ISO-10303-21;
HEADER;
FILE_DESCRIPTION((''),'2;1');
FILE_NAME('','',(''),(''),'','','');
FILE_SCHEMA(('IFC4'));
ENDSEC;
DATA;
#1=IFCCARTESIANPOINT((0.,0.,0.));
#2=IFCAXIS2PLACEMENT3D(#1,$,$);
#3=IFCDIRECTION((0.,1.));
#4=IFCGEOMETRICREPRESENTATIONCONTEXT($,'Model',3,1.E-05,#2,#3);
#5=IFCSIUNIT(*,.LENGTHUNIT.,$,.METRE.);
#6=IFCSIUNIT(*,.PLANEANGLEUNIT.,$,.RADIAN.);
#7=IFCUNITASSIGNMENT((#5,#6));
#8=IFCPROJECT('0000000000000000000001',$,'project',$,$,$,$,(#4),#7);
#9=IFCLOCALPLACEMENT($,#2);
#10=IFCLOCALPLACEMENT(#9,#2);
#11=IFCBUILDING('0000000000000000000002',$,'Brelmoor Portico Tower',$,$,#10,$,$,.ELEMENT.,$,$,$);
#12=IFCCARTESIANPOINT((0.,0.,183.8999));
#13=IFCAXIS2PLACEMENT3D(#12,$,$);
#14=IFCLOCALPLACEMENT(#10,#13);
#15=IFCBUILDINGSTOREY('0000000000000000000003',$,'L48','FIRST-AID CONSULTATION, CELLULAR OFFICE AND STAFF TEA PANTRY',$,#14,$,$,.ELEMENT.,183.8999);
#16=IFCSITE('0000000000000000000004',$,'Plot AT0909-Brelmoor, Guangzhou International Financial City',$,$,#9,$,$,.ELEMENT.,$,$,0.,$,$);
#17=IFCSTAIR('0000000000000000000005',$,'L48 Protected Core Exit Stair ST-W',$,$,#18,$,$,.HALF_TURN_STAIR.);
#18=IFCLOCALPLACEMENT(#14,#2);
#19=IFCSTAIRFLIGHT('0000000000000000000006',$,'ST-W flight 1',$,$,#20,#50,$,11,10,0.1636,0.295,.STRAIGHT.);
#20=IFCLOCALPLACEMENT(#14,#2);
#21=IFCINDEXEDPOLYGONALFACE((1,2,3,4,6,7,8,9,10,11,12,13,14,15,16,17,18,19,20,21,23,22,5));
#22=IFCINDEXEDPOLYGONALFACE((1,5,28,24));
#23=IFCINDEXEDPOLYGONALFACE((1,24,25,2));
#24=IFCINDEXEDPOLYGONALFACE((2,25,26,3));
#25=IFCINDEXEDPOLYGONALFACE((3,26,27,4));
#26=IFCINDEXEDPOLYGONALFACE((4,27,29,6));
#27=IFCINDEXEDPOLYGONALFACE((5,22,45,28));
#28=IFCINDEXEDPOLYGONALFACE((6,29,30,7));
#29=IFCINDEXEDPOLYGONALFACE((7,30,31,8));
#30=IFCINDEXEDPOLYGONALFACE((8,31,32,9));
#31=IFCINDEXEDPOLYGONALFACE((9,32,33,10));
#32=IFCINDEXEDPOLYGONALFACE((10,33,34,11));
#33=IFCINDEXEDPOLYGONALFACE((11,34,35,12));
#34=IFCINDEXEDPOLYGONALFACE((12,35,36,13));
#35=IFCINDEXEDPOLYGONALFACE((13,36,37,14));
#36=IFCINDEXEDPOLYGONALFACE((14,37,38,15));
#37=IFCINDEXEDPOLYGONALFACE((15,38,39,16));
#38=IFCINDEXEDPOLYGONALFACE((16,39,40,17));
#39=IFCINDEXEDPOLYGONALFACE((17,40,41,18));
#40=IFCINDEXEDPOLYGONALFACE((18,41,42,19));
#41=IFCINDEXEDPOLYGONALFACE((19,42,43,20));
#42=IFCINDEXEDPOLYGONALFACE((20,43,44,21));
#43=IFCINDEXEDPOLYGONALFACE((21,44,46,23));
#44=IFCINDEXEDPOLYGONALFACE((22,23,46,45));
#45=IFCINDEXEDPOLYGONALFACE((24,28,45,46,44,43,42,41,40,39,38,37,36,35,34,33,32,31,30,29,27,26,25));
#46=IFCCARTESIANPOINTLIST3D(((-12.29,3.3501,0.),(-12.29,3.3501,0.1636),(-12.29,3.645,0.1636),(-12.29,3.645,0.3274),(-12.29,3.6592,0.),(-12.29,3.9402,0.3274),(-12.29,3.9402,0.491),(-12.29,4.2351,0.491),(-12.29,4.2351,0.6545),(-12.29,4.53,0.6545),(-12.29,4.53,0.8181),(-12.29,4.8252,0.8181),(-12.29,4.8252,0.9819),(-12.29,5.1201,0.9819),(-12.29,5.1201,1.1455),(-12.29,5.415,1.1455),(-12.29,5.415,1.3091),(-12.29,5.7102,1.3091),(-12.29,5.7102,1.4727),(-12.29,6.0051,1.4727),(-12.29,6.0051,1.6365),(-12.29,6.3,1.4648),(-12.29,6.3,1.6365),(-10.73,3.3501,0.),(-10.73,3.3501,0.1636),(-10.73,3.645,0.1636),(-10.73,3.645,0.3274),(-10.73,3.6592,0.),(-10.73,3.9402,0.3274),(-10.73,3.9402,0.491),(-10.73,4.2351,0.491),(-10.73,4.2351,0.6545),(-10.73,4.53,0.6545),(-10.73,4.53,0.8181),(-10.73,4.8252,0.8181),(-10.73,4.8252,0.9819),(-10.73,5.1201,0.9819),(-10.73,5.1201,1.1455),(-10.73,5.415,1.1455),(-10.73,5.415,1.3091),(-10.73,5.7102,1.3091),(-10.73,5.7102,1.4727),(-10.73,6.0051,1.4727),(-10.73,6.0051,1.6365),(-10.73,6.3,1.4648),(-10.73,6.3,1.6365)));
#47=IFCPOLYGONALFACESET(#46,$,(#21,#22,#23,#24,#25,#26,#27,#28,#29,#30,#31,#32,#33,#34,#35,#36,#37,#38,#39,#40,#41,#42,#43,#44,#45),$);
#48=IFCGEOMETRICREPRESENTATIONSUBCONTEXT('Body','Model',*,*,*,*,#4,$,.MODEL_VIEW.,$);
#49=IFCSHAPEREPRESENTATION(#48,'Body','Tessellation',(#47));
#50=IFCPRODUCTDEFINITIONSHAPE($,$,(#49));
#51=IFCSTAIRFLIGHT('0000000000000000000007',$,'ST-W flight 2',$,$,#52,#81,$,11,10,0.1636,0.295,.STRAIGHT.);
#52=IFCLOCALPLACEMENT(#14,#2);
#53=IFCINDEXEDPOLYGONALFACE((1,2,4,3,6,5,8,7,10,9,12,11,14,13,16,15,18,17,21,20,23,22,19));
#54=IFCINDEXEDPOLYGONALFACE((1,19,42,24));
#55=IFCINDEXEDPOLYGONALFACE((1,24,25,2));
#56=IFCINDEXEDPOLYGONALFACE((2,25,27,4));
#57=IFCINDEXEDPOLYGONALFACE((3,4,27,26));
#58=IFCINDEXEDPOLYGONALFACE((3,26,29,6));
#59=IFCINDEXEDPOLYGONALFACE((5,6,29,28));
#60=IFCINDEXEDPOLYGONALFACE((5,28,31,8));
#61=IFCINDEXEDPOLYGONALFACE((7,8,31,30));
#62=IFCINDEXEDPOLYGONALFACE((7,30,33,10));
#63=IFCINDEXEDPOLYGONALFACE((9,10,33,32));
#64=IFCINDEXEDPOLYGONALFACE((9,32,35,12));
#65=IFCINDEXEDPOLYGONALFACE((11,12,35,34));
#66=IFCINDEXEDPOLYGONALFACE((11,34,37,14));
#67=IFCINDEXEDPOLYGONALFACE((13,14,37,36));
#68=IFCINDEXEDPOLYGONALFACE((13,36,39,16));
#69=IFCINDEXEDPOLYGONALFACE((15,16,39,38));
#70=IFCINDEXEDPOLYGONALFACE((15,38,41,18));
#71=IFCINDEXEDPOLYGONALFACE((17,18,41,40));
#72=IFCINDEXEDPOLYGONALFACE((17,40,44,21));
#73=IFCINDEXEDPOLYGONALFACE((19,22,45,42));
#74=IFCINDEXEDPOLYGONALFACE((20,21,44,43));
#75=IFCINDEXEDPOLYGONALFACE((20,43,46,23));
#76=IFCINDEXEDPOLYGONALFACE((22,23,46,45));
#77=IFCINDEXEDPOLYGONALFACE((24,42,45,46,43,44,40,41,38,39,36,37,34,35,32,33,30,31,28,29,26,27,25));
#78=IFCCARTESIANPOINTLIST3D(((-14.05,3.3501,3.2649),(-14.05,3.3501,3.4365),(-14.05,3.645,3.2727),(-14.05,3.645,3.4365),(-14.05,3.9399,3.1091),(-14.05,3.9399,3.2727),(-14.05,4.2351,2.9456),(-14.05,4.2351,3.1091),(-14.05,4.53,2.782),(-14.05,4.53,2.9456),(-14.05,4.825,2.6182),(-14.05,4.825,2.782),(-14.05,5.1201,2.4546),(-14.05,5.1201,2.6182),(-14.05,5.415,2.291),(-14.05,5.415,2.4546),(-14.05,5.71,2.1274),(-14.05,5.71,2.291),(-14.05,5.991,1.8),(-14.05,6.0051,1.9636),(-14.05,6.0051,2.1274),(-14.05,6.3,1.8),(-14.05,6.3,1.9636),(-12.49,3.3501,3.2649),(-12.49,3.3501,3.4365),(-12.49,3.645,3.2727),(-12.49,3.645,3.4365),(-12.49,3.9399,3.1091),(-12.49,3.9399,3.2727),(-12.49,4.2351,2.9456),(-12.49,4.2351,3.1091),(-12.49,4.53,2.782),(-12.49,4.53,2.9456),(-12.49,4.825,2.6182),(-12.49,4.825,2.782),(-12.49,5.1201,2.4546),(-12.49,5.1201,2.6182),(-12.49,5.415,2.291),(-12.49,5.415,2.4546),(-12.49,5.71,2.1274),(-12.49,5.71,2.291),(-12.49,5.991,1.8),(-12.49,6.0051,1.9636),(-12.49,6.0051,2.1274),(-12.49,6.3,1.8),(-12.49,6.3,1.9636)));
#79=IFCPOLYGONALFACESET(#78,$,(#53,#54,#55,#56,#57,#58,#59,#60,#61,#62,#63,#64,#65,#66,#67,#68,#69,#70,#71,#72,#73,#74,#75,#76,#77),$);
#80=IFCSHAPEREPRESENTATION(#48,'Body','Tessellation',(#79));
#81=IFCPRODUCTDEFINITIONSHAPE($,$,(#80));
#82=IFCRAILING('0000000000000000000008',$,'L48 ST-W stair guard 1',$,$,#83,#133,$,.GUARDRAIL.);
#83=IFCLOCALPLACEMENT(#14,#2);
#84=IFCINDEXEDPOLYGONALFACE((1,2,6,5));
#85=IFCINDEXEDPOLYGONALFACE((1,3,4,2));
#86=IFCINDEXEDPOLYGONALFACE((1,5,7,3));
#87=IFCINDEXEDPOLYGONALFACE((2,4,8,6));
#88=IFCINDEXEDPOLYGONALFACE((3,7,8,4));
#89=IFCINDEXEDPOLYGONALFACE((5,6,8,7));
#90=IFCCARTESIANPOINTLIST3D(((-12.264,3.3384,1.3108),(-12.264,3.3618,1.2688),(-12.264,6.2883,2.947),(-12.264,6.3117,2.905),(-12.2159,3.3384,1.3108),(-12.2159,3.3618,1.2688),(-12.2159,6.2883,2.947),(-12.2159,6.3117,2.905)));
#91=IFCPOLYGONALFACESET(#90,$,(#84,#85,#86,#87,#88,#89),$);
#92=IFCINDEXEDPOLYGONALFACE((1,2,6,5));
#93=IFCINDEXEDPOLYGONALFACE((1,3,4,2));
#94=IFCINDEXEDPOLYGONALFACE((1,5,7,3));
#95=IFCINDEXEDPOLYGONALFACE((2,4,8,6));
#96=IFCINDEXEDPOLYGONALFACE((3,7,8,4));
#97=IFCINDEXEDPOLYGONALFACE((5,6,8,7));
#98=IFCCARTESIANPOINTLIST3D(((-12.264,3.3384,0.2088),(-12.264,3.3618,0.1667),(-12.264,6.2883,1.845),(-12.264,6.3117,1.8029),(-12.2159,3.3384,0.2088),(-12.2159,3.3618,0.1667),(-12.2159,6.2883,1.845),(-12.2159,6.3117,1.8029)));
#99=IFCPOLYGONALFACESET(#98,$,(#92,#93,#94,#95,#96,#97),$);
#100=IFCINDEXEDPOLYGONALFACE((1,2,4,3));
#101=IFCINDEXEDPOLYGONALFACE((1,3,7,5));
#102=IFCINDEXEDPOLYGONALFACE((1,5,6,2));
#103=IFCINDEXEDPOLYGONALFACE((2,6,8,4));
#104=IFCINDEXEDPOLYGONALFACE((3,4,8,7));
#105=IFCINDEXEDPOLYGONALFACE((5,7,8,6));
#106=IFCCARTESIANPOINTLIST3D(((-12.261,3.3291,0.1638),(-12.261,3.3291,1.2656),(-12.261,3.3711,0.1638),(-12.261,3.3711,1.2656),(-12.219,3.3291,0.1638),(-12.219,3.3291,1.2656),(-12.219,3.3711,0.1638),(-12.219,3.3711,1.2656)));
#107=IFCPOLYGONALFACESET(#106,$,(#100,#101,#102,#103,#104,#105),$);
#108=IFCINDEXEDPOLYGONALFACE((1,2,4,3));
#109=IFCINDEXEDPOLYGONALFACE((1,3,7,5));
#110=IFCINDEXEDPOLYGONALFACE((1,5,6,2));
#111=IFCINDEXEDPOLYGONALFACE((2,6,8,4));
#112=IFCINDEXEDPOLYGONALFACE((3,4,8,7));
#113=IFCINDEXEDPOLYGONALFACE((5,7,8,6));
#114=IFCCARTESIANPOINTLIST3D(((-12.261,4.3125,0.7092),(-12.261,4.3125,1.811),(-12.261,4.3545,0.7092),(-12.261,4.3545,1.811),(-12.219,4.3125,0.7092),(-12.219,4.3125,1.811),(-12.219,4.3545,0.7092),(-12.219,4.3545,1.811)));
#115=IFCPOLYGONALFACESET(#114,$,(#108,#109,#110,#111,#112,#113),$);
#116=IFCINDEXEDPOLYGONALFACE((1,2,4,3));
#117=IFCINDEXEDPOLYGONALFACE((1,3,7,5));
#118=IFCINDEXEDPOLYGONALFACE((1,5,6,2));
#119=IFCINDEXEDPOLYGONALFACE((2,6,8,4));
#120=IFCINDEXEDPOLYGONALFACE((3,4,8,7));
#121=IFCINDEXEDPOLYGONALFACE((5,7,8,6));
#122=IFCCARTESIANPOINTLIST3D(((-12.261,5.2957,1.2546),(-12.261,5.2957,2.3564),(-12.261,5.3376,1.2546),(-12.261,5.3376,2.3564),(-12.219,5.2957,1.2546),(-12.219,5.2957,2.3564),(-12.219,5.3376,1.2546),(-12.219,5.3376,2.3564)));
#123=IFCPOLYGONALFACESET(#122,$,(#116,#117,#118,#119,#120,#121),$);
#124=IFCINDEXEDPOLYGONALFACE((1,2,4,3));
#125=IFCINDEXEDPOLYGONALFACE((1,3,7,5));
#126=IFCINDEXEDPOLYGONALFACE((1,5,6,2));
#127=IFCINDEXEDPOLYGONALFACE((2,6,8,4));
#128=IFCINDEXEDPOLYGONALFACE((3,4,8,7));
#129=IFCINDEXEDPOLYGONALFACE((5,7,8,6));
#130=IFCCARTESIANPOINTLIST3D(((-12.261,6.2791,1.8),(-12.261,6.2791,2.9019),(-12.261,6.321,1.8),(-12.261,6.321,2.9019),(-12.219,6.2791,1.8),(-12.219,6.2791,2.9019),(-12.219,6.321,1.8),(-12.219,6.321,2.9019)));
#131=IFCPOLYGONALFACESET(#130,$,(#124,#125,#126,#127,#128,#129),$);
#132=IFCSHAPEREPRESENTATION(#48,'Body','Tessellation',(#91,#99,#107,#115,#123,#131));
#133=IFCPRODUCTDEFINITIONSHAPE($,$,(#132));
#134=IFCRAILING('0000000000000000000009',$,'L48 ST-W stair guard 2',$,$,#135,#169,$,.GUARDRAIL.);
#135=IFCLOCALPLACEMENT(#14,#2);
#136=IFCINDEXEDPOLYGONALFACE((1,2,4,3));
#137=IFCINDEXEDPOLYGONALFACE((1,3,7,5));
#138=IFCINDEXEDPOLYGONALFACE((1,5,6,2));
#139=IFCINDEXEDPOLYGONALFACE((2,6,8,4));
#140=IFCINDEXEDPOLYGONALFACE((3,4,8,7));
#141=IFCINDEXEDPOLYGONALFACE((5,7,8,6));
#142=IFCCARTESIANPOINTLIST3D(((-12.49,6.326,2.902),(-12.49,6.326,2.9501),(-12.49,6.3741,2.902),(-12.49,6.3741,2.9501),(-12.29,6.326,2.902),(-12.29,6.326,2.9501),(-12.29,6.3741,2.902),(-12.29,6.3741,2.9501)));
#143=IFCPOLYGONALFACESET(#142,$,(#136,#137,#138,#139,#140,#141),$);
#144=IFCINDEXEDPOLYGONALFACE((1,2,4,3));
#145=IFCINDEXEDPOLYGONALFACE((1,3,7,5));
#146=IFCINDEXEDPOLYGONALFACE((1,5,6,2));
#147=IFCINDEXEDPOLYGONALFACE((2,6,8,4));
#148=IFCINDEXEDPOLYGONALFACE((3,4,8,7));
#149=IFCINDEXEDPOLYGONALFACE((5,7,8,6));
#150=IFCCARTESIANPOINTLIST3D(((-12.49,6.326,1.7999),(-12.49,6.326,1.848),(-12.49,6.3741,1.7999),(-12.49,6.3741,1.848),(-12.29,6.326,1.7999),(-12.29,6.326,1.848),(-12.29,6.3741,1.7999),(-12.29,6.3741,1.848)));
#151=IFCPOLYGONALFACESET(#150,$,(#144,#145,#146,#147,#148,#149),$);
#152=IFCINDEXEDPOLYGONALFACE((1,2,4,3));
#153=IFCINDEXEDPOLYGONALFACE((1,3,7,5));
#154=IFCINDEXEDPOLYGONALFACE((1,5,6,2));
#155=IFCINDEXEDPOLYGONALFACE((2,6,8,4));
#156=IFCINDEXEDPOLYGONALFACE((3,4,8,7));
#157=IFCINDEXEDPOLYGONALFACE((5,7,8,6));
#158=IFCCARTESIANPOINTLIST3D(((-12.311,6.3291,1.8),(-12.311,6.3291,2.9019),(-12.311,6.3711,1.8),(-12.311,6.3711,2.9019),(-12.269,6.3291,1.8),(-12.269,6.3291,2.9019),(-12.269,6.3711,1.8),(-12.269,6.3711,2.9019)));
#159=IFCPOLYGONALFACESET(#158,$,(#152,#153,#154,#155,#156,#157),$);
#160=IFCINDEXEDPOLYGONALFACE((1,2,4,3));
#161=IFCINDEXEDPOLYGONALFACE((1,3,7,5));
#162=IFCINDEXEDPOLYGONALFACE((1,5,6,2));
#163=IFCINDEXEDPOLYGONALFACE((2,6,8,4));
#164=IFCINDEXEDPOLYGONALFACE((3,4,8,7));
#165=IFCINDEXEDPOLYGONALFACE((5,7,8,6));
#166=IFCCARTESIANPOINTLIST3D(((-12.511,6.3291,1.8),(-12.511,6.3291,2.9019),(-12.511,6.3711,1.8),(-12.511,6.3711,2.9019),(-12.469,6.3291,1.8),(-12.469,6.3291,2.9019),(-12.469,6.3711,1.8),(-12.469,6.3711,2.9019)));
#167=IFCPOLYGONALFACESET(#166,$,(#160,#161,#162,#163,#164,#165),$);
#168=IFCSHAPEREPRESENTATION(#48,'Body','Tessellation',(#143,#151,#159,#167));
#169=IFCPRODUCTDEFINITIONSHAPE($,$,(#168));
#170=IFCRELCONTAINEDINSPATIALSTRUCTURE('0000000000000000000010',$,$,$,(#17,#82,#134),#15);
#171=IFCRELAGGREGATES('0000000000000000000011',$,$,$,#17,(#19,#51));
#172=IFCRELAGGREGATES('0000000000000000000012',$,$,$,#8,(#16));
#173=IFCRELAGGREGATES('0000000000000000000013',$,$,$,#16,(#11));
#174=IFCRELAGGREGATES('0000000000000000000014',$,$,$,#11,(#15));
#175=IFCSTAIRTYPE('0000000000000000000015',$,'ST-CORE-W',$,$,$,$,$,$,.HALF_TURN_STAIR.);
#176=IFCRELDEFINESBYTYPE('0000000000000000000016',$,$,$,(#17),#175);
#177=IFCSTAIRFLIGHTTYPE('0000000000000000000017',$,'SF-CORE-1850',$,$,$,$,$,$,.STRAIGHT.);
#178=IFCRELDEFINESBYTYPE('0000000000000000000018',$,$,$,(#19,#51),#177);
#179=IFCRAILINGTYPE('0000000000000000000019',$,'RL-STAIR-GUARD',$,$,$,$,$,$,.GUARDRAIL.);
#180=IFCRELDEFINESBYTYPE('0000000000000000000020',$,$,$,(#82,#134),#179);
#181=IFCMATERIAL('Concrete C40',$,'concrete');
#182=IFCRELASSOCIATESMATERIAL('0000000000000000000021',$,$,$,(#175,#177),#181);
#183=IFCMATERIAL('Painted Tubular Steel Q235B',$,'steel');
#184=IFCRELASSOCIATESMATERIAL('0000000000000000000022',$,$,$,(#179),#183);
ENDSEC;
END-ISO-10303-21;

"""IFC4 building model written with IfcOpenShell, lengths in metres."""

from ifc_helpers import new_model, si_unit, direction, frame, origin, origin_2d, place, context, subcontext, project, spatial, polyline, rectangle, outline, extrude, material, type_object, element, aggregate, save


model = new_model("IFC4")

# Units and contexts
model_context = context("Model", 3, precision=1e-05, world=origin(), true_north=direction((0.0, 1.0)))
body_context = subcontext(model_context, "Body", "Model", "MODEL_VIEW")
ifc_project = project(units=[si_unit("LENGTHUNIT", "METRE"), si_unit("PLANEANGLEUNIT", "RADIAN")], contexts=[model_context])

# Site, building, storey
site_placement = place(None, origin())
site = spatial("IfcSite", under=ifc_project, at=site_placement, Name="Plot AT0909-Brelmoor, Guangzhou International Financial City", CompositionType="ELEMENT", RefElevation=0.0)
building_placement = place(site_placement, origin())
building = spatial("IfcBuilding", under=site, at=building_placement, Name="Brelmoor Portico Tower", CompositionType="ELEMENT")
storey_placement = place(building_placement, frame((0.0, 0.0, 183.8999)))
storey = spatial("IfcBuildingStorey", under=building, at=storey_placement, Name="L48", Description="FIRST-AID CONSULTATION, CELLULAR OFFICE AND STAFF TEA PANTRY", CompositionType="ELEMENT", Elevation=183.8999)

# Shared definitions
ifc_material_1 = material(Name="Concrete C40", Category="concrete")

# Stair, stair flights
stair_type = type_object("IfcStairType", Name="ST-CORE-W", PredefinedType="HALF_TURN_STAIR", material=ifc_material_1)
stair_placement = place(storey_placement, origin())
stair = element("IfcStair", 1, at=stair_placement, inside=storey, type_object=stair_type, Name="L48 Protected Core Exit Stair ST-W", PredefinedType="HALF_TURN_STAIR")
stair_flight_type = type_object("IfcStairFlightType", Name="SF-CORE-1850", PredefinedType="STRAIGHT", material=ifc_material_1)
stair_flight_1_placement = place(storey_placement, frame((-11.51, 3.3501, 0.0), z_axis=(0.0, 0.0, 1.0), x_axis=(0.0, 1.0, 0.0)))
stair_flight_1 = element("IfcStairFlight", 2, at=stair_flight_1_placement, type_object=stair_flight_type, Name="ST-W flight 1", NumberOfRisers=11, NumberOfTreads=10, PredefinedType="STRAIGHT", RiserHeight=0.1636, TreadLength=0.295, context=body_context, shape_type="SweptSolid", body=[
    extrude(outline(polyline([(0.0, 0.0), (0.0, 0.1636), (0.2949, 0.1636), (0.2949, 0.3274), (0.5901, 0.3274), (0.5901, 0.491), (0.885, 0.491), (0.885, 0.6545), (1.1799, 0.6545), (1.1799, 0.8181), (1.4751, 0.8181), (1.4751, 0.9819), (1.77, 0.9819), (1.77, 1.1455), (2.0649, 1.1455), (2.0649, 1.3091), (2.3601, 1.3091), (2.3601, 1.4727), (2.655, 1.4727), (2.655, 1.6365), (2.95, 1.6365), (2.95, 1.8), (2.95, 1.4648), (0.3091, 0.0), (0.0, 0.0)])), frame((0.0, 0.78, 0.0), z_axis=(0.0, -1.0, 0.0), x_axis=(1.0, 0.0, 0.0)), (0.0, 0.0, 1.0), 1.5601),
])
stair_flight_2_placement = place(storey_placement, frame((-13.27, 6.3, 1.8), z_axis=(0.0, 0.0, 1.0), x_axis=(0.0, -1.0, 0.0)))
stair_flight_2 = element("IfcStairFlight", 3, at=stair_flight_2_placement, type_object=stair_flight_type, Name="ST-W flight 2", NumberOfRisers=11, NumberOfTreads=10, PredefinedType="STRAIGHT", RiserHeight=0.1636, TreadLength=0.295, context=body_context, shape_type="SweptSolid", body=[
    extrude(outline(polyline([(0.0, 0.0), (0.0, 0.1636), (0.2949, 0.1636), (0.2949, 0.3274), (0.5901, 0.3274), (0.5901, 0.491), (0.885, 0.491), (0.885, 0.6545), (1.1799, 0.6545), (1.1799, 0.8181), (1.4751, 0.8181), (1.4751, 0.9819), (1.77, 0.9819), (1.77, 1.1455), (2.0649, 1.1455), (2.0649, 1.3091), (2.3601, 1.3091), (2.3601, 1.4727), (2.655, 1.4727), (2.655, 1.6365), (2.95, 1.6365), (2.95, 1.8), (2.95, 1.4648), (0.3091, 0.0), (0.0, 0.0)])), frame((0.0, 0.78, 0.0), z_axis=(0.0, -1.0, 0.0), x_axis=(1.0, 0.0, 0.0)), (0.0, 0.0, 1.0), 1.5601),
])
aggregate(stair, [stair_flight_1, stair_flight_2])

# Railings
ifc_material_2 = material(Name="Painted Tubular Steel Q235B", Category="steel")
railing_type_1 = type_object("IfcRailingType", Name="RL-STAIR-GUARD", PredefinedType="GUARDRAIL", material=ifc_material_2)
railing_1_placement = place(storey_placement, frame((-12.24, 3.3501, 0.1638)))
element("IfcRailing", 4, at=railing_1_placement, inside=storey, type_object=railing_type_1, Name="L48 ST-W stair guard 1", PredefinedType="GUARDRAIL", context=body_context, shape_type="SweptSolid", body=[
    extrude(rectangle(XDim=0.0481, YDim=0.0481, at=origin_2d()), frame((0.0, 0.0, 1.126), z_axis=(0.0, 0.874488, 0.485047), x_axis=(-1.0, 0.0, 0.0)), (0.0, 0.0, 1.0), 3.3733),
    extrude(rectangle(XDim=0.0481, YDim=0.0481, at=origin_2d()), frame((0.0, 0.0, 0.0239), z_axis=(0.0, 0.874488, 0.485047), x_axis=(-1.0, 0.0, 0.0)), (0.0, 0.0, 1.0), 3.3733),
    extrude(rectangle(XDim=0.042, YDim=0.042, at=origin_2d()), origin(), (0.0, 0.0, 1.0), 1.1018),
    extrude(rectangle(XDim=0.042, YDim=0.042, at=origin_2d()), frame((0.0, 0.9834, 0.5454)), (0.0, 0.0, 1.0), 1.1018),
    extrude(rectangle(XDim=0.042, YDim=0.042, at=origin_2d()), frame((0.0, 1.9666, 1.0908)), (0.0, 0.0, 1.0), 1.1018),
    extrude(rectangle(XDim=0.042, YDim=0.042, at=origin_2d()), frame((0.0, 2.95, 1.6362)), (0.0, 0.0, 1.0), 1.1018),
])
railing_2_placement = place(storey_placement, frame((-12.29, 6.3501, 1.8)))
element("IfcRailing", 5, at=railing_2_placement, inside=storey, type_object=railing_type_1, Name="L48 ST-W stair guard 2", PredefinedType="GUARDRAIL", context=body_context, shape_type="SweptSolid", body=[
    extrude(rectangle(XDim=0.0481, YDim=0.0481, at=origin_2d()), frame((0.0, 0.0, 1.126), z_axis=(-1.0, 0.0, 0.0), x_axis=(0.0, -1.0, 0.0)), (0.0, 0.0, 1.0), 0.2),
    extrude(rectangle(XDim=0.0481, YDim=0.0481, at=origin_2d()), frame((0.0, 0.0, 0.0239), z_axis=(-1.0, 0.0, 0.0), x_axis=(0.0, -1.0, 0.0)), (0.0, 0.0, 1.0), 0.2),
    extrude(rectangle(XDim=0.042, YDim=0.042, at=origin_2d()), origin(), (0.0, 0.0, 1.0), 1.1018),
    extrude(rectangle(XDim=0.042, YDim=0.042, at=origin_2d()), frame((-0.2, 0.0, 0.0)), (0.0, 0.0, 1.0), 1.1018),
])

save(model, "model.ifc")
